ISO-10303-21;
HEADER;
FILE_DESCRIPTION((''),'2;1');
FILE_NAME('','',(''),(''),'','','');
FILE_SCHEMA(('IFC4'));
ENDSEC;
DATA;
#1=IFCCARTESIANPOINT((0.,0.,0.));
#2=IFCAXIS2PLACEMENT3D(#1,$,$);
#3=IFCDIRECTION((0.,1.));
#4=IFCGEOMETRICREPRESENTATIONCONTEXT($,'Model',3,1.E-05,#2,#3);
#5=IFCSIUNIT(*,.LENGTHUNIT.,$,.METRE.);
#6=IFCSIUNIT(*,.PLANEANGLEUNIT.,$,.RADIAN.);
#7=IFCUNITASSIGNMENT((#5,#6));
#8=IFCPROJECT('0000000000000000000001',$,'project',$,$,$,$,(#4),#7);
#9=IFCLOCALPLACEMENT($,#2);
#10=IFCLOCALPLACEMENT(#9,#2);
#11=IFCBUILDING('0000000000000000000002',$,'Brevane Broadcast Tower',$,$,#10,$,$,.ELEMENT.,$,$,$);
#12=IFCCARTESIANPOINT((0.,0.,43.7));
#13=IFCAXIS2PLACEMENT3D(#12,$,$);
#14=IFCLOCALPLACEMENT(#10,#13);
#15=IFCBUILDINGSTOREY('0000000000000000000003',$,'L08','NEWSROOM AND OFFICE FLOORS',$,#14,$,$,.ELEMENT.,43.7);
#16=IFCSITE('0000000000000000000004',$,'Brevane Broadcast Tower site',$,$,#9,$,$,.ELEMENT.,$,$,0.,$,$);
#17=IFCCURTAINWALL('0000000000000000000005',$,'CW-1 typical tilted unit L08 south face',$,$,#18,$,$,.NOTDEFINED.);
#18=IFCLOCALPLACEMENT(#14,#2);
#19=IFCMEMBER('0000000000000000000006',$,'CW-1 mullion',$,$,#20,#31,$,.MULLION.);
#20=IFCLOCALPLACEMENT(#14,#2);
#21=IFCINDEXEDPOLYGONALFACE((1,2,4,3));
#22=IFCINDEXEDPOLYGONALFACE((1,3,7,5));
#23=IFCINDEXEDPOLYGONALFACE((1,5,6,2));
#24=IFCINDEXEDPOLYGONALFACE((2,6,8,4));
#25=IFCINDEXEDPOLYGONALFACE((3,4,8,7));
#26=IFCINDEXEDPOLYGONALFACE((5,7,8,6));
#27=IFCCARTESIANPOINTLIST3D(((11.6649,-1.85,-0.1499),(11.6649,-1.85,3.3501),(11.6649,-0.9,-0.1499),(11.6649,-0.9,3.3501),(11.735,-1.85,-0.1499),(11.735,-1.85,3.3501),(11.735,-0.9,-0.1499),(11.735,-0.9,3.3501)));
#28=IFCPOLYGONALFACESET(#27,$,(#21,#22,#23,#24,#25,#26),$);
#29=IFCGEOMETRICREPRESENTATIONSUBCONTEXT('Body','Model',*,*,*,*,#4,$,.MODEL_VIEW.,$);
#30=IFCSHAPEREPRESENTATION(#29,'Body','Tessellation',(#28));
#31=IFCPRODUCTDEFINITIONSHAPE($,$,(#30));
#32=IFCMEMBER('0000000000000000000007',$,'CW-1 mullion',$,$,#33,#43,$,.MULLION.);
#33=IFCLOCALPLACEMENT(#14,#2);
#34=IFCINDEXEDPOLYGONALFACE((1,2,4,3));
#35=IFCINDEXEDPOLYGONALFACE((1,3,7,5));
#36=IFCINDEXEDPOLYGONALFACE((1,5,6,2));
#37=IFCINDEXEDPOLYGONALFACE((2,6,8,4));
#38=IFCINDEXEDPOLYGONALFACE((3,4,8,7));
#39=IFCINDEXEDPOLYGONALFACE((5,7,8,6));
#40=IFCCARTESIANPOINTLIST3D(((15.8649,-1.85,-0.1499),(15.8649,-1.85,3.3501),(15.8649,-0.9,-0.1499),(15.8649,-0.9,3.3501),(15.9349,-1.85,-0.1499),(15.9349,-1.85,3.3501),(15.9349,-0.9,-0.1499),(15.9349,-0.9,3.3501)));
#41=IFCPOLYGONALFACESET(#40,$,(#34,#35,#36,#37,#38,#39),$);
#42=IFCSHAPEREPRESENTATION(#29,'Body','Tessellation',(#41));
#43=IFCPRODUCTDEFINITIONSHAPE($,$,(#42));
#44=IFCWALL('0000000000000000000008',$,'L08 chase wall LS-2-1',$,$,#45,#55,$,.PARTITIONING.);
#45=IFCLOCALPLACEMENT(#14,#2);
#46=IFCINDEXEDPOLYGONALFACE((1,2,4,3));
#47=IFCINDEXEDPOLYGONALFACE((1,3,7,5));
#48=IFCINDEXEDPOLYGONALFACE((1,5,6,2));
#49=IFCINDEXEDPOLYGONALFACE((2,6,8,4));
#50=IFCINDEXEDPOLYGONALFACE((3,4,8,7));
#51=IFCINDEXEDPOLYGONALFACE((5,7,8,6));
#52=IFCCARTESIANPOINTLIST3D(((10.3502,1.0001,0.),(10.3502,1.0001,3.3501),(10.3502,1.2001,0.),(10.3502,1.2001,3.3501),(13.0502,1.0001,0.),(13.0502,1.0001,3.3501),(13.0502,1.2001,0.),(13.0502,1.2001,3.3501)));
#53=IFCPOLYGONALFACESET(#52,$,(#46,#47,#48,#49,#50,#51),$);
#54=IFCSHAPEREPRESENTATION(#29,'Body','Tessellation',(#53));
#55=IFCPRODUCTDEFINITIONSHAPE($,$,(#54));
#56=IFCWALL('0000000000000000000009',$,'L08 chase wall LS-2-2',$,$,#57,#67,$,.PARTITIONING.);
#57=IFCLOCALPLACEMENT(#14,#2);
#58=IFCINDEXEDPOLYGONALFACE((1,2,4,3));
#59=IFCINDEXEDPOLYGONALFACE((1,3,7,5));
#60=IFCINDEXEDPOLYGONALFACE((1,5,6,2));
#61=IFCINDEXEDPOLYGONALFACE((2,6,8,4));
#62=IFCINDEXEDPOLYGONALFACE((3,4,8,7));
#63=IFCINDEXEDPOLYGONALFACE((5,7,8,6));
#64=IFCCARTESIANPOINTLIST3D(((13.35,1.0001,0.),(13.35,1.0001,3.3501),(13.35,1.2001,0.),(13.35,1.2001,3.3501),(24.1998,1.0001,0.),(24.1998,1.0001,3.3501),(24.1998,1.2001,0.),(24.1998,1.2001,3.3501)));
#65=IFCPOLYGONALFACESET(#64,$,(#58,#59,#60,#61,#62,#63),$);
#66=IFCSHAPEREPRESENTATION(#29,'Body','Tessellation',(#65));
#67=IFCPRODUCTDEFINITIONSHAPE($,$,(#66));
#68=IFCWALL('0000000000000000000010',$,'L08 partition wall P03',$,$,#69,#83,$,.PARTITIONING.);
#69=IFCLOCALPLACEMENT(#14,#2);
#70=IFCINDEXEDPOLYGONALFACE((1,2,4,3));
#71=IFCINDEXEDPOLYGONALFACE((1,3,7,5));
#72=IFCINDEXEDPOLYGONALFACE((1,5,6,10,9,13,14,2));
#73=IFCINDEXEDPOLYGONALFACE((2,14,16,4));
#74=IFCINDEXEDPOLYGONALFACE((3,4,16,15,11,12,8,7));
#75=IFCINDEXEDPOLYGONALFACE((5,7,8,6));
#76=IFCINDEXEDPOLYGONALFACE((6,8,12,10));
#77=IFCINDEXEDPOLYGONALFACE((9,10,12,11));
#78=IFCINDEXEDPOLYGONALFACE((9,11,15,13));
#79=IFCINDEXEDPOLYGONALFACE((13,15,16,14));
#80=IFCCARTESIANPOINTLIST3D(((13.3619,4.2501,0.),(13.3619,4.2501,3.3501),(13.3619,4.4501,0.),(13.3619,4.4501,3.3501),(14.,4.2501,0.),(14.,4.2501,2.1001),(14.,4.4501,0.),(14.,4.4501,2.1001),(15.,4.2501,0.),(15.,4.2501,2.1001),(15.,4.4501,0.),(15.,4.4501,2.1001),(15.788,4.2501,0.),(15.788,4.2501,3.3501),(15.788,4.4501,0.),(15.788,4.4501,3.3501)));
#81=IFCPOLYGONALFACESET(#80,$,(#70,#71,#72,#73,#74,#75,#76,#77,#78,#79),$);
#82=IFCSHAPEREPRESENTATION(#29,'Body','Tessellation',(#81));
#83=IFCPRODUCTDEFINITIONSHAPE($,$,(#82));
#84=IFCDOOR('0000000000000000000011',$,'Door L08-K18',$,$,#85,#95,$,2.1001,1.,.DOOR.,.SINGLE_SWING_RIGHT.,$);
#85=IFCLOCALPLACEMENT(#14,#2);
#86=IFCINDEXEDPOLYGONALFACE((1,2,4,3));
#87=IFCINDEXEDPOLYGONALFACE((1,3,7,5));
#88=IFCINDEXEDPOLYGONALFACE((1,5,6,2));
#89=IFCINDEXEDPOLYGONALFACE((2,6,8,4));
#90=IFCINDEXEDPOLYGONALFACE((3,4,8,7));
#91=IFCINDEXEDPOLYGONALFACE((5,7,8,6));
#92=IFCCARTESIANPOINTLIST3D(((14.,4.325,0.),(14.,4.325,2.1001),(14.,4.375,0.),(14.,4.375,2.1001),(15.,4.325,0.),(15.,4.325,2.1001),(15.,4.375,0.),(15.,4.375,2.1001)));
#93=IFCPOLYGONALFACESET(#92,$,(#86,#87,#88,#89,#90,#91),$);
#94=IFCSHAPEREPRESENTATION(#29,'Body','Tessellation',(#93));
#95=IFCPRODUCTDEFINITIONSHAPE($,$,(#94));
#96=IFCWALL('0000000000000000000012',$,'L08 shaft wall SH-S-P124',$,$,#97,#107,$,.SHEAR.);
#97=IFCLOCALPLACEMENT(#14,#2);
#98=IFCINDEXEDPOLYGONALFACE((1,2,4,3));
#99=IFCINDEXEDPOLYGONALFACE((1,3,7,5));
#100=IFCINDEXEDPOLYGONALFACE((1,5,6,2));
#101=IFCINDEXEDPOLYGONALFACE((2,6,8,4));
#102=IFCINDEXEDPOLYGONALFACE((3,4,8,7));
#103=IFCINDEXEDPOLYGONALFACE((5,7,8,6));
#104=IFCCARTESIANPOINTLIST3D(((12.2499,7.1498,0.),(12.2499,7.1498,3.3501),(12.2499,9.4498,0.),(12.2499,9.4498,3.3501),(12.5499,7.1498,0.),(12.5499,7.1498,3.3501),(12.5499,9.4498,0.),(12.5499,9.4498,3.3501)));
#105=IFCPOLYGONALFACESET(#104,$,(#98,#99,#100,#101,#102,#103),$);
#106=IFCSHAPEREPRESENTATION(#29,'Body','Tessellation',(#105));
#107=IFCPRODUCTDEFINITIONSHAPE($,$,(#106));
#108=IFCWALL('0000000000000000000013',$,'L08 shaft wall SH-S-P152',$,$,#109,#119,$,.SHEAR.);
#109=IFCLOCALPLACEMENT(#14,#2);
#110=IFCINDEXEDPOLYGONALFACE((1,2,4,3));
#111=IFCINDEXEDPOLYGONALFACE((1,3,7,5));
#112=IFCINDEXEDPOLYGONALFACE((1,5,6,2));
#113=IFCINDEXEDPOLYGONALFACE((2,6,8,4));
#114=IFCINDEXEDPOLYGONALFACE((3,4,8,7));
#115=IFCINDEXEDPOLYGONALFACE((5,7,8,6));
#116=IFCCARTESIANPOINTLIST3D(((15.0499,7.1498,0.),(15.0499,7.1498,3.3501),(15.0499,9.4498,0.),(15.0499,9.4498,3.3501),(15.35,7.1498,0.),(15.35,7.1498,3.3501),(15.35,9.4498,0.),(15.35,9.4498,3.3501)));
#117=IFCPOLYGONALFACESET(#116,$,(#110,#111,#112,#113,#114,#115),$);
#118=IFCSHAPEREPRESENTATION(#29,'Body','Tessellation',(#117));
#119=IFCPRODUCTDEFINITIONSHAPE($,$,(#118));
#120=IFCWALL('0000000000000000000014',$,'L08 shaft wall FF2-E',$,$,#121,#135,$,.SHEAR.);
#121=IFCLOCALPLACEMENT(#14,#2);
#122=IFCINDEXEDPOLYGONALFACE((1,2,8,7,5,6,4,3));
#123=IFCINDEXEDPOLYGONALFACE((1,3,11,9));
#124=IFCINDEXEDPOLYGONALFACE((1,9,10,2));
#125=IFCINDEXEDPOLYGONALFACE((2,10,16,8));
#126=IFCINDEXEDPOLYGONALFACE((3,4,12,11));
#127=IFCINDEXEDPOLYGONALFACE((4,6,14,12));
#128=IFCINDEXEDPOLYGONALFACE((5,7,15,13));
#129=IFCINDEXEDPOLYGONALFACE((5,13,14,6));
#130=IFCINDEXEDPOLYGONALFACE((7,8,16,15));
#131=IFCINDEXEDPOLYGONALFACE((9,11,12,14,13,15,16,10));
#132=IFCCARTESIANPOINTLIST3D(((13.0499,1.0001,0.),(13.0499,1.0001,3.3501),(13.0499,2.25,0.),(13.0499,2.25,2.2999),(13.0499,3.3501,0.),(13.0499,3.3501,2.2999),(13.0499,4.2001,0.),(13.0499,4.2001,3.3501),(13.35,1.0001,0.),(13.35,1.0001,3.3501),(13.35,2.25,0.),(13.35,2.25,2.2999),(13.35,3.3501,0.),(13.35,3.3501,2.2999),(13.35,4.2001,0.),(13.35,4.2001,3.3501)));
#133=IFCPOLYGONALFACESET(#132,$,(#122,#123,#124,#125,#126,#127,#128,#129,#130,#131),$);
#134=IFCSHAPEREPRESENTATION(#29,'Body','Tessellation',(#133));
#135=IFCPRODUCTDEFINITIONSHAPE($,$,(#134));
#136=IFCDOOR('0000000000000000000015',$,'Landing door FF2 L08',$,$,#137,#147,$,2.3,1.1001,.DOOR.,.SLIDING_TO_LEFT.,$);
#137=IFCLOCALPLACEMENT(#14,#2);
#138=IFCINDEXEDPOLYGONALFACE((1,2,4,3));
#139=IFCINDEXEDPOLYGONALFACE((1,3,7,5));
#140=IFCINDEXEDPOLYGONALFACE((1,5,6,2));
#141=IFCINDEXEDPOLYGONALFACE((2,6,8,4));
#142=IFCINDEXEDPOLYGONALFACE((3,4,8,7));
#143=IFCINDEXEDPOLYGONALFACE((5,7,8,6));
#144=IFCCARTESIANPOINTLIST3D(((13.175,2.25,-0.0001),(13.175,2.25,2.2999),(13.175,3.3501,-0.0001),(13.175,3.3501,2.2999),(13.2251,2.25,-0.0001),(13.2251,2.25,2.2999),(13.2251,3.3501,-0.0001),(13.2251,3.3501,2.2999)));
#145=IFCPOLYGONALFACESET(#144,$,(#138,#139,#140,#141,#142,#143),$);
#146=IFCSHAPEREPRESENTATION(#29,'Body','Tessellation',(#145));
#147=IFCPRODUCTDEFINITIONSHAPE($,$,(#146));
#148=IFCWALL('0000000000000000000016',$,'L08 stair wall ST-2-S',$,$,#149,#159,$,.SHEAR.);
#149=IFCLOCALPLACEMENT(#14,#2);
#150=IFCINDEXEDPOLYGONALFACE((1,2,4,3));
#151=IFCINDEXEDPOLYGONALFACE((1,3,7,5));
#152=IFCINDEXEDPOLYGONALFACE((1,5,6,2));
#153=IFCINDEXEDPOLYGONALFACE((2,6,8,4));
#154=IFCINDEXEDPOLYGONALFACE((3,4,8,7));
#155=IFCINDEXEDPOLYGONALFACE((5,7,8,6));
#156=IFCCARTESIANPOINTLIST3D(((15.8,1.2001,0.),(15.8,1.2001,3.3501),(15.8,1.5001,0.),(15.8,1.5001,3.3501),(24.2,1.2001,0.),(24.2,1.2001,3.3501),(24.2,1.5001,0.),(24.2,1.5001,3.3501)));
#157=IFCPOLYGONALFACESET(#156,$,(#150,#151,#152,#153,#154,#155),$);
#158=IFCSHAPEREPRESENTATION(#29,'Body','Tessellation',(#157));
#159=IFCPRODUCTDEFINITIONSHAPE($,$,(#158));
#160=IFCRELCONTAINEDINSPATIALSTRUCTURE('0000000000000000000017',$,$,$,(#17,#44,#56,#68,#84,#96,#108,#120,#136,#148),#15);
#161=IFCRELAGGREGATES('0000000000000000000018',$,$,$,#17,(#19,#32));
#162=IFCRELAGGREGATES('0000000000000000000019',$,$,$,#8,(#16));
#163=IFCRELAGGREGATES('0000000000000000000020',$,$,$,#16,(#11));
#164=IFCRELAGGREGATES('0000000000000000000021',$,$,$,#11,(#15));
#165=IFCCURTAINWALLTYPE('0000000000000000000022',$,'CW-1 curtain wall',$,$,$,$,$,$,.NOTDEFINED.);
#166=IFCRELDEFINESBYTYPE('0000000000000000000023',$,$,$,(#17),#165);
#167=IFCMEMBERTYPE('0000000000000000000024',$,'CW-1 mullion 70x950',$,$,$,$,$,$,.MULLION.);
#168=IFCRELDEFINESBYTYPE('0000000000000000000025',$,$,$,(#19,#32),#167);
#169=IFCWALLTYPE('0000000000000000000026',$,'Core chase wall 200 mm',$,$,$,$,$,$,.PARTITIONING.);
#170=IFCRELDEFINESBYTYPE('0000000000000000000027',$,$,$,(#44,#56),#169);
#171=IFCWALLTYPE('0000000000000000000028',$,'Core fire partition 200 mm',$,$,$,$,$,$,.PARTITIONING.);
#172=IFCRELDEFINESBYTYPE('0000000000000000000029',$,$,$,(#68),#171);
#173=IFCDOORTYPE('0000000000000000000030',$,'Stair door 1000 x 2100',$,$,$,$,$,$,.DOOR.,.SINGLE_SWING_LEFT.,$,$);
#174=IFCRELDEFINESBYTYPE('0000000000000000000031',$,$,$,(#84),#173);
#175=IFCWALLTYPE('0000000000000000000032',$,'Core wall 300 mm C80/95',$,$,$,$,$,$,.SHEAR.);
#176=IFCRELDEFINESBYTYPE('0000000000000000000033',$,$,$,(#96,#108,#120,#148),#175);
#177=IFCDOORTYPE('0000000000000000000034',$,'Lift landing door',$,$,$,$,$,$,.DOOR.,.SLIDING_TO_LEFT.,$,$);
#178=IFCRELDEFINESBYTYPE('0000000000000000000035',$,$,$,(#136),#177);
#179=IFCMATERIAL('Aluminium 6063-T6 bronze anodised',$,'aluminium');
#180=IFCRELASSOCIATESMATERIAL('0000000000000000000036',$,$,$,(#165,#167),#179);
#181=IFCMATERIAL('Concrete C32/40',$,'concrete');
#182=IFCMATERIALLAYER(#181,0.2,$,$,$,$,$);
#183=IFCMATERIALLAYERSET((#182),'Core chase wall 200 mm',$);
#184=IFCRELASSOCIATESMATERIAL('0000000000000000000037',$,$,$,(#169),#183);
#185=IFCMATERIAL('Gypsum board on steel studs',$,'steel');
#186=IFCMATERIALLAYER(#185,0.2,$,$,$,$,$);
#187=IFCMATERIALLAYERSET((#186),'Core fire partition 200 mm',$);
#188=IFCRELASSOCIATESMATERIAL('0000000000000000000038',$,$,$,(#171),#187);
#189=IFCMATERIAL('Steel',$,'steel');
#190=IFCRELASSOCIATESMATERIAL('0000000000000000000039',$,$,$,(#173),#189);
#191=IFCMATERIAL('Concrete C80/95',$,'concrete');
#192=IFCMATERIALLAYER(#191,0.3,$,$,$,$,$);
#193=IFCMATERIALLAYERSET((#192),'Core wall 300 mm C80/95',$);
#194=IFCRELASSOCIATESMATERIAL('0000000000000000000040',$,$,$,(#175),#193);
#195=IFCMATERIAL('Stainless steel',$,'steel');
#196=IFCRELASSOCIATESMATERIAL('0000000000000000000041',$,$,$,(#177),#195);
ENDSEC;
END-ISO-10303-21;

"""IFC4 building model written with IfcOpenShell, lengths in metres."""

from ifc_helpers import new_model, si_unit, direction, frame, frame_2d, origin, origin_2d, place, context, subcontext, project, spatial, rectangle, extrude, material, layer, layer_set, material_profile, profile_set, type_object, element, fill, aggregate, save


model = new_model("IFC4")

# Units and contexts
model_context = context("Model", 3, precision=1e-05, world=origin(), true_north=direction((0.0, 1.0)))
body_context = subcontext(model_context, "Body", "Model", "MODEL_VIEW")
ifc_project = project(units=[si_unit("LENGTHUNIT", "METRE"), si_unit("PLANEANGLEUNIT", "RADIAN")], contexts=[model_context])

# Site, building, storey
site_placement = place(None, origin())
site = spatial("IfcSite", under=ifc_project, at=site_placement, Name="Brevane Broadcast Tower site", CompositionType="ELEMENT", RefElevation=0.0)
building_placement = place(site_placement, origin())
building = spatial("IfcBuilding", under=site, at=building_placement, Name="Brevane Broadcast Tower", CompositionType="ELEMENT")
storey_placement = place(building_placement, frame((0.0, 0.0, 43.7)))
storey = spatial("IfcBuildingStorey", under=building, at=storey_placement, Name="L08", Description="NEWSROOM AND OFFICE FLOORS", CompositionType="ELEMENT", Elevation=43.7)

# Curtain wall, members
ifc_material_1 = material(Name="Aluminium 6063-T6 bronze anodised", Category="aluminium")
curtain_wall_type = type_object("IfcCurtainWallType", Name="CW-1 curtain wall", PredefinedType="NOTDEFINED", material=ifc_material_1)
curtain_wall_placement = place(storey_placement, origin())
curtain_wall = element("IfcCurtainWall", 1, at=curtain_wall_placement, inside=storey, type_object=curtain_wall_type, Name="CW-1 typical tilted unit L08 south face", PredefinedType="NOTDEFINED")
ifc_material_profile = material_profile(ifc_material_1, rectangle(XDim=0.95, YDim=0.0701, at=origin_2d()), Name="RECT 70x950")
ifc_profile_set = profile_set([ifc_material_profile], Name="Aluminium 6063-T6 bronze anodised")
member_type = type_object("IfcMemberType", Name="CW-1 mullion 70x950", PredefinedType="MULLION", material=ifc_profile_set)
member_1_placement = place(storey_placement, frame((11.7, -1.375, -0.1499), z_axis=(0.0, 0.0, 1.0), x_axis=(0.0, 1.0, 0.0)))
member_1 = element("IfcMember", 2, at=member_1_placement, type_object=member_type, Name="CW-1 mullion", PredefinedType="MULLION", context=body_context, shape_type="SweptSolid", body=[
    extrude(rectangle(XDim=0.95, YDim=0.0701, at=origin_2d()), origin(), (0.0, 0.0, 1.0), 3.5),
])
member_2_placement = place(storey_placement, frame((15.8999, -1.375, -0.1499), z_axis=(0.0, 0.0, 1.0), x_axis=(0.0, 1.0, 0.0)))
member_2 = element("IfcMember", 3, at=member_2_placement, type_object=member_type, Name="CW-1 mullion", PredefinedType="MULLION", context=body_context, shape_type="SweptSolid", body=[
    extrude(rectangle(XDim=0.95, YDim=0.0701, at=origin_2d()), origin(), (0.0, 0.0, 1.0), 3.5),
])
aggregate(curtain_wall, [member_1, member_2])

# Walls
ifc_material_2 = material(Name="Concrete C32/40", Category="concrete")
ifc_layer_1 = layer(ifc_material_2, 0.2)
ifc_layer_set_1 = layer_set([ifc_layer_1], Name="Core chase wall 200 mm")
wall_type_1 = type_object("IfcWallType", Name="Core chase wall 200 mm", PredefinedType="PARTITIONING", material=ifc_layer_set_1)
wall_1_placement = place(storey_placement, frame((10.3501, 1.1001, 0.0), z_axis=(0.0, 0.0, 1.0), x_axis=(1.0, 0.0, 0.0)))
element("IfcWall", 4, at=wall_1_placement, inside=storey, type_object=wall_type_1, Name="L08 chase wall LS-2-1", PredefinedType="PARTITIONING", context=body_context, shape_type="SweptSolid", body=[
    extrude(rectangle(XDim=2.7, YDim=0.2, at=frame_2d((1.3501, 0.0))), origin(), (0.0, 0.0, 1.0), 3.3501),
])
wall_2_placement = place(storey_placement, frame((13.3501, 1.1001, 0.0), z_axis=(0.0, 0.0, 1.0), x_axis=(1.0, 0.0, 0.0)))
element("IfcWall", 5, at=wall_2_placement, inside=storey, type_object=wall_type_1, Name="L08 chase wall LS-2-2", PredefinedType="PARTITIONING", context=body_context, shape_type="SweptSolid", body=[
    extrude(rectangle(XDim=10.8499, YDim=0.2, at=frame_2d((5.4248, 0.0))), origin(), (0.0, 0.0, 1.0), 3.3501),
])

# Wall, opening, door
ifc_material_3 = material(Name="Gypsum board on steel studs", Category="steel")
ifc_layer_2 = layer(ifc_material_3, 0.2)
ifc_layer_set_2 = layer_set([ifc_layer_2], Name="Core fire partition 200 mm")
wall_type_2 = type_object("IfcWallType", Name="Core fire partition 200 mm", PredefinedType="PARTITIONING", material=ifc_layer_set_2)
wall_3_placement = place(storey_placement, frame((13.3621, 4.3501, 0.0), z_axis=(0.0, 0.0, 1.0), x_axis=(1.0, 0.0, 0.0)))
wall_3 = element("IfcWall", 6, at=wall_3_placement, inside=storey, type_object=wall_type_2, Name="L08 partition wall P03", PredefinedType="PARTITIONING", context=body_context, shape_type="SweptSolid", body=[
    extrude(rectangle(XDim=2.426, YDim=0.2, at=frame_2d((1.2129, 0.0))), origin(), (0.0, 0.0, 1.0), 3.3501),
])
opening_1_placement = place(wall_3_placement, frame((0.6379, 0.0, 0.0)))
opening_1 = element("IfcOpeningElement", 7, at=opening_1_placement, cuts=wall_3, PredefinedType="OPENING", context=body_context, shape_type="SweptSolid", body=[
    extrude(rectangle(XDim=1.0, YDim=2.1001, at=frame_2d((0.5, 1.05))), frame((0.0, 0.1099, 0.0), z_axis=(0.0, -1.0, 0.0), x_axis=(1.0, 0.0, 0.0)), (0.0, 0.0, 1.0), 0.22),
])
ifc_material_4 = material(Name="Steel", Category="steel")
door_type_1 = type_object("IfcDoorType", Name="Stair door 1000 x 2100", OperationType="SINGLE_SWING_LEFT", PredefinedType="DOOR", material=ifc_material_4)
door_1_placement = place(opening_1_placement, origin())
door_1 = element("IfcDoor", 8, at=door_1_placement, inside=storey, type_object=door_type_1, Name="Door L08-K18", OperationType="SINGLE_SWING_RIGHT", OverallHeight=2.1001, OverallWidth=1.0, PredefinedType="DOOR", context=body_context, shape_type="SweptSolid", body=[
    extrude(rectangle(XDim=1.0, YDim=2.1001, at=frame_2d((0.5, 1.05))), frame((0.0, 0.0249, 0.0), z_axis=(0.0, -1.0, 0.0), x_axis=(1.0, 0.0, 0.0)), (0.0, 0.0, 1.0), 0.05),
])
fill(opening_1, door_1)

# Walls
ifc_material_5 = material(Name="Concrete C80/95", Category="concrete")
ifc_layer_3 = layer(ifc_material_5, 0.3)
ifc_layer_set_3 = layer_set([ifc_layer_3], Name="Core wall 300 mm C80/95")
wall_type_3 = type_object("IfcWallType", Name="Core wall 300 mm C80/95", PredefinedType="SHEAR", material=ifc_layer_set_3)
for number, where, z_axis, x_axis, name in (
    (9, (12.3999, 7.1499, 0.0), (0.0, 0.0, 1.0), (0.0, 1.0, 0.0), "L08 shaft wall SH-S-P124"),
    (10, (15.2, 7.1499, 0.0), (0.0, 0.0, 1.0), (0.0, 1.0, 0.0), "L08 shaft wall SH-S-P152"),
):
    element("IfcWall", number, at=place(storey_placement, frame(where, z_axis=z_axis, x_axis=x_axis)), inside=storey, type_object=wall_type_3, Name=name, PredefinedType="SHEAR", context=body_context, shape_type="SweptSolid", body=[
        extrude(rectangle(XDim=2.3, YDim=0.3, at=frame_2d((1.1499, 0.0))), origin(), (0.0, 0.0, 1.0), 3.3501),
    ])

# Wall, opening, door
wall_4_placement = place(storey_placement, frame((13.2, 1.0, 0.0), z_axis=(0.0, 0.0, 1.0), x_axis=(0.0, 1.0, 0.0)))
wall_4 = element("IfcWall", 11, at=wall_4_placement, inside=storey, type_object=wall_type_3, Name="L08 shaft wall FF2-E", PredefinedType="SHEAR", context=body_context, shape_type="SweptSolid", body=[
    extrude(rectangle(XDim=3.2, YDim=0.3, at=frame_2d((1.6001, 0.0))), origin(), (0.0, 0.0, 1.0), 3.3501),
])
opening_2_placement = place(wall_4_placement, frame((1.25, 0.0, 0.0)))
opening_2 = element("IfcOpeningElement", 12, at=opening_2_placement, cuts=wall_4, PredefinedType="OPENING", context=body_context, shape_type="SweptSolid", body=[
    extrude(rectangle(XDim=1.1001, YDim=2.3, at=frame_2d((0.55, 1.1499))), frame((0.0, 0.1599, 0.0), z_axis=(0.0, -1.0, 0.0), x_axis=(1.0, 0.0, 0.0)), (0.0, 0.0, 1.0), 0.3201),
])
ifc_material_6 = material(Name="Stainless steel", Category="steel")
door_type_2 = type_object("IfcDoorType", Name="Lift landing door", OperationType="SLIDING_TO_LEFT", PredefinedType="DOOR", material=ifc_material_6)
door_2_placement = place(opening_2_placement, origin())
door_2 = element("IfcDoor", 13, at=door_2_placement, inside=storey, type_object=door_type_2, Name="Landing door FF2 L08", OperationType="SLIDING_TO_LEFT", OverallHeight=2.3, OverallWidth=1.1001, PredefinedType="DOOR", context=body_context, shape_type="SweptSolid", body=[
    extrude(rectangle(XDim=1.1001, YDim=2.3, at=frame_2d((0.55, 1.1499))), frame((0.0, 0.0249, 0.0), z_axis=(0.0, -1.0, 0.0), x_axis=(1.0, 0.0, 0.0)), (0.0, 0.0, 1.0), 0.05),
])
fill(opening_2, door_2)

# Wall
wall_5_placement = place(storey_placement, frame((15.8, 1.3501, 0.0), z_axis=(0.0, 0.0, 1.0), x_axis=(1.0, 0.0, 0.0)))
element("IfcWall", 14, at=wall_5_placement, inside=storey, type_object=wall_type_3, Name="L08 stair wall ST-2-S", PredefinedType="SHEAR", context=body_context, shape_type="SweptSolid", body=[
    extrude(rectangle(XDim=8.3999, YDim=0.3, at=frame_2d((4.2, 0.0))), origin(), (0.0, 0.0, 1.0), 3.3501),
])

save(model, "model.ifc")
